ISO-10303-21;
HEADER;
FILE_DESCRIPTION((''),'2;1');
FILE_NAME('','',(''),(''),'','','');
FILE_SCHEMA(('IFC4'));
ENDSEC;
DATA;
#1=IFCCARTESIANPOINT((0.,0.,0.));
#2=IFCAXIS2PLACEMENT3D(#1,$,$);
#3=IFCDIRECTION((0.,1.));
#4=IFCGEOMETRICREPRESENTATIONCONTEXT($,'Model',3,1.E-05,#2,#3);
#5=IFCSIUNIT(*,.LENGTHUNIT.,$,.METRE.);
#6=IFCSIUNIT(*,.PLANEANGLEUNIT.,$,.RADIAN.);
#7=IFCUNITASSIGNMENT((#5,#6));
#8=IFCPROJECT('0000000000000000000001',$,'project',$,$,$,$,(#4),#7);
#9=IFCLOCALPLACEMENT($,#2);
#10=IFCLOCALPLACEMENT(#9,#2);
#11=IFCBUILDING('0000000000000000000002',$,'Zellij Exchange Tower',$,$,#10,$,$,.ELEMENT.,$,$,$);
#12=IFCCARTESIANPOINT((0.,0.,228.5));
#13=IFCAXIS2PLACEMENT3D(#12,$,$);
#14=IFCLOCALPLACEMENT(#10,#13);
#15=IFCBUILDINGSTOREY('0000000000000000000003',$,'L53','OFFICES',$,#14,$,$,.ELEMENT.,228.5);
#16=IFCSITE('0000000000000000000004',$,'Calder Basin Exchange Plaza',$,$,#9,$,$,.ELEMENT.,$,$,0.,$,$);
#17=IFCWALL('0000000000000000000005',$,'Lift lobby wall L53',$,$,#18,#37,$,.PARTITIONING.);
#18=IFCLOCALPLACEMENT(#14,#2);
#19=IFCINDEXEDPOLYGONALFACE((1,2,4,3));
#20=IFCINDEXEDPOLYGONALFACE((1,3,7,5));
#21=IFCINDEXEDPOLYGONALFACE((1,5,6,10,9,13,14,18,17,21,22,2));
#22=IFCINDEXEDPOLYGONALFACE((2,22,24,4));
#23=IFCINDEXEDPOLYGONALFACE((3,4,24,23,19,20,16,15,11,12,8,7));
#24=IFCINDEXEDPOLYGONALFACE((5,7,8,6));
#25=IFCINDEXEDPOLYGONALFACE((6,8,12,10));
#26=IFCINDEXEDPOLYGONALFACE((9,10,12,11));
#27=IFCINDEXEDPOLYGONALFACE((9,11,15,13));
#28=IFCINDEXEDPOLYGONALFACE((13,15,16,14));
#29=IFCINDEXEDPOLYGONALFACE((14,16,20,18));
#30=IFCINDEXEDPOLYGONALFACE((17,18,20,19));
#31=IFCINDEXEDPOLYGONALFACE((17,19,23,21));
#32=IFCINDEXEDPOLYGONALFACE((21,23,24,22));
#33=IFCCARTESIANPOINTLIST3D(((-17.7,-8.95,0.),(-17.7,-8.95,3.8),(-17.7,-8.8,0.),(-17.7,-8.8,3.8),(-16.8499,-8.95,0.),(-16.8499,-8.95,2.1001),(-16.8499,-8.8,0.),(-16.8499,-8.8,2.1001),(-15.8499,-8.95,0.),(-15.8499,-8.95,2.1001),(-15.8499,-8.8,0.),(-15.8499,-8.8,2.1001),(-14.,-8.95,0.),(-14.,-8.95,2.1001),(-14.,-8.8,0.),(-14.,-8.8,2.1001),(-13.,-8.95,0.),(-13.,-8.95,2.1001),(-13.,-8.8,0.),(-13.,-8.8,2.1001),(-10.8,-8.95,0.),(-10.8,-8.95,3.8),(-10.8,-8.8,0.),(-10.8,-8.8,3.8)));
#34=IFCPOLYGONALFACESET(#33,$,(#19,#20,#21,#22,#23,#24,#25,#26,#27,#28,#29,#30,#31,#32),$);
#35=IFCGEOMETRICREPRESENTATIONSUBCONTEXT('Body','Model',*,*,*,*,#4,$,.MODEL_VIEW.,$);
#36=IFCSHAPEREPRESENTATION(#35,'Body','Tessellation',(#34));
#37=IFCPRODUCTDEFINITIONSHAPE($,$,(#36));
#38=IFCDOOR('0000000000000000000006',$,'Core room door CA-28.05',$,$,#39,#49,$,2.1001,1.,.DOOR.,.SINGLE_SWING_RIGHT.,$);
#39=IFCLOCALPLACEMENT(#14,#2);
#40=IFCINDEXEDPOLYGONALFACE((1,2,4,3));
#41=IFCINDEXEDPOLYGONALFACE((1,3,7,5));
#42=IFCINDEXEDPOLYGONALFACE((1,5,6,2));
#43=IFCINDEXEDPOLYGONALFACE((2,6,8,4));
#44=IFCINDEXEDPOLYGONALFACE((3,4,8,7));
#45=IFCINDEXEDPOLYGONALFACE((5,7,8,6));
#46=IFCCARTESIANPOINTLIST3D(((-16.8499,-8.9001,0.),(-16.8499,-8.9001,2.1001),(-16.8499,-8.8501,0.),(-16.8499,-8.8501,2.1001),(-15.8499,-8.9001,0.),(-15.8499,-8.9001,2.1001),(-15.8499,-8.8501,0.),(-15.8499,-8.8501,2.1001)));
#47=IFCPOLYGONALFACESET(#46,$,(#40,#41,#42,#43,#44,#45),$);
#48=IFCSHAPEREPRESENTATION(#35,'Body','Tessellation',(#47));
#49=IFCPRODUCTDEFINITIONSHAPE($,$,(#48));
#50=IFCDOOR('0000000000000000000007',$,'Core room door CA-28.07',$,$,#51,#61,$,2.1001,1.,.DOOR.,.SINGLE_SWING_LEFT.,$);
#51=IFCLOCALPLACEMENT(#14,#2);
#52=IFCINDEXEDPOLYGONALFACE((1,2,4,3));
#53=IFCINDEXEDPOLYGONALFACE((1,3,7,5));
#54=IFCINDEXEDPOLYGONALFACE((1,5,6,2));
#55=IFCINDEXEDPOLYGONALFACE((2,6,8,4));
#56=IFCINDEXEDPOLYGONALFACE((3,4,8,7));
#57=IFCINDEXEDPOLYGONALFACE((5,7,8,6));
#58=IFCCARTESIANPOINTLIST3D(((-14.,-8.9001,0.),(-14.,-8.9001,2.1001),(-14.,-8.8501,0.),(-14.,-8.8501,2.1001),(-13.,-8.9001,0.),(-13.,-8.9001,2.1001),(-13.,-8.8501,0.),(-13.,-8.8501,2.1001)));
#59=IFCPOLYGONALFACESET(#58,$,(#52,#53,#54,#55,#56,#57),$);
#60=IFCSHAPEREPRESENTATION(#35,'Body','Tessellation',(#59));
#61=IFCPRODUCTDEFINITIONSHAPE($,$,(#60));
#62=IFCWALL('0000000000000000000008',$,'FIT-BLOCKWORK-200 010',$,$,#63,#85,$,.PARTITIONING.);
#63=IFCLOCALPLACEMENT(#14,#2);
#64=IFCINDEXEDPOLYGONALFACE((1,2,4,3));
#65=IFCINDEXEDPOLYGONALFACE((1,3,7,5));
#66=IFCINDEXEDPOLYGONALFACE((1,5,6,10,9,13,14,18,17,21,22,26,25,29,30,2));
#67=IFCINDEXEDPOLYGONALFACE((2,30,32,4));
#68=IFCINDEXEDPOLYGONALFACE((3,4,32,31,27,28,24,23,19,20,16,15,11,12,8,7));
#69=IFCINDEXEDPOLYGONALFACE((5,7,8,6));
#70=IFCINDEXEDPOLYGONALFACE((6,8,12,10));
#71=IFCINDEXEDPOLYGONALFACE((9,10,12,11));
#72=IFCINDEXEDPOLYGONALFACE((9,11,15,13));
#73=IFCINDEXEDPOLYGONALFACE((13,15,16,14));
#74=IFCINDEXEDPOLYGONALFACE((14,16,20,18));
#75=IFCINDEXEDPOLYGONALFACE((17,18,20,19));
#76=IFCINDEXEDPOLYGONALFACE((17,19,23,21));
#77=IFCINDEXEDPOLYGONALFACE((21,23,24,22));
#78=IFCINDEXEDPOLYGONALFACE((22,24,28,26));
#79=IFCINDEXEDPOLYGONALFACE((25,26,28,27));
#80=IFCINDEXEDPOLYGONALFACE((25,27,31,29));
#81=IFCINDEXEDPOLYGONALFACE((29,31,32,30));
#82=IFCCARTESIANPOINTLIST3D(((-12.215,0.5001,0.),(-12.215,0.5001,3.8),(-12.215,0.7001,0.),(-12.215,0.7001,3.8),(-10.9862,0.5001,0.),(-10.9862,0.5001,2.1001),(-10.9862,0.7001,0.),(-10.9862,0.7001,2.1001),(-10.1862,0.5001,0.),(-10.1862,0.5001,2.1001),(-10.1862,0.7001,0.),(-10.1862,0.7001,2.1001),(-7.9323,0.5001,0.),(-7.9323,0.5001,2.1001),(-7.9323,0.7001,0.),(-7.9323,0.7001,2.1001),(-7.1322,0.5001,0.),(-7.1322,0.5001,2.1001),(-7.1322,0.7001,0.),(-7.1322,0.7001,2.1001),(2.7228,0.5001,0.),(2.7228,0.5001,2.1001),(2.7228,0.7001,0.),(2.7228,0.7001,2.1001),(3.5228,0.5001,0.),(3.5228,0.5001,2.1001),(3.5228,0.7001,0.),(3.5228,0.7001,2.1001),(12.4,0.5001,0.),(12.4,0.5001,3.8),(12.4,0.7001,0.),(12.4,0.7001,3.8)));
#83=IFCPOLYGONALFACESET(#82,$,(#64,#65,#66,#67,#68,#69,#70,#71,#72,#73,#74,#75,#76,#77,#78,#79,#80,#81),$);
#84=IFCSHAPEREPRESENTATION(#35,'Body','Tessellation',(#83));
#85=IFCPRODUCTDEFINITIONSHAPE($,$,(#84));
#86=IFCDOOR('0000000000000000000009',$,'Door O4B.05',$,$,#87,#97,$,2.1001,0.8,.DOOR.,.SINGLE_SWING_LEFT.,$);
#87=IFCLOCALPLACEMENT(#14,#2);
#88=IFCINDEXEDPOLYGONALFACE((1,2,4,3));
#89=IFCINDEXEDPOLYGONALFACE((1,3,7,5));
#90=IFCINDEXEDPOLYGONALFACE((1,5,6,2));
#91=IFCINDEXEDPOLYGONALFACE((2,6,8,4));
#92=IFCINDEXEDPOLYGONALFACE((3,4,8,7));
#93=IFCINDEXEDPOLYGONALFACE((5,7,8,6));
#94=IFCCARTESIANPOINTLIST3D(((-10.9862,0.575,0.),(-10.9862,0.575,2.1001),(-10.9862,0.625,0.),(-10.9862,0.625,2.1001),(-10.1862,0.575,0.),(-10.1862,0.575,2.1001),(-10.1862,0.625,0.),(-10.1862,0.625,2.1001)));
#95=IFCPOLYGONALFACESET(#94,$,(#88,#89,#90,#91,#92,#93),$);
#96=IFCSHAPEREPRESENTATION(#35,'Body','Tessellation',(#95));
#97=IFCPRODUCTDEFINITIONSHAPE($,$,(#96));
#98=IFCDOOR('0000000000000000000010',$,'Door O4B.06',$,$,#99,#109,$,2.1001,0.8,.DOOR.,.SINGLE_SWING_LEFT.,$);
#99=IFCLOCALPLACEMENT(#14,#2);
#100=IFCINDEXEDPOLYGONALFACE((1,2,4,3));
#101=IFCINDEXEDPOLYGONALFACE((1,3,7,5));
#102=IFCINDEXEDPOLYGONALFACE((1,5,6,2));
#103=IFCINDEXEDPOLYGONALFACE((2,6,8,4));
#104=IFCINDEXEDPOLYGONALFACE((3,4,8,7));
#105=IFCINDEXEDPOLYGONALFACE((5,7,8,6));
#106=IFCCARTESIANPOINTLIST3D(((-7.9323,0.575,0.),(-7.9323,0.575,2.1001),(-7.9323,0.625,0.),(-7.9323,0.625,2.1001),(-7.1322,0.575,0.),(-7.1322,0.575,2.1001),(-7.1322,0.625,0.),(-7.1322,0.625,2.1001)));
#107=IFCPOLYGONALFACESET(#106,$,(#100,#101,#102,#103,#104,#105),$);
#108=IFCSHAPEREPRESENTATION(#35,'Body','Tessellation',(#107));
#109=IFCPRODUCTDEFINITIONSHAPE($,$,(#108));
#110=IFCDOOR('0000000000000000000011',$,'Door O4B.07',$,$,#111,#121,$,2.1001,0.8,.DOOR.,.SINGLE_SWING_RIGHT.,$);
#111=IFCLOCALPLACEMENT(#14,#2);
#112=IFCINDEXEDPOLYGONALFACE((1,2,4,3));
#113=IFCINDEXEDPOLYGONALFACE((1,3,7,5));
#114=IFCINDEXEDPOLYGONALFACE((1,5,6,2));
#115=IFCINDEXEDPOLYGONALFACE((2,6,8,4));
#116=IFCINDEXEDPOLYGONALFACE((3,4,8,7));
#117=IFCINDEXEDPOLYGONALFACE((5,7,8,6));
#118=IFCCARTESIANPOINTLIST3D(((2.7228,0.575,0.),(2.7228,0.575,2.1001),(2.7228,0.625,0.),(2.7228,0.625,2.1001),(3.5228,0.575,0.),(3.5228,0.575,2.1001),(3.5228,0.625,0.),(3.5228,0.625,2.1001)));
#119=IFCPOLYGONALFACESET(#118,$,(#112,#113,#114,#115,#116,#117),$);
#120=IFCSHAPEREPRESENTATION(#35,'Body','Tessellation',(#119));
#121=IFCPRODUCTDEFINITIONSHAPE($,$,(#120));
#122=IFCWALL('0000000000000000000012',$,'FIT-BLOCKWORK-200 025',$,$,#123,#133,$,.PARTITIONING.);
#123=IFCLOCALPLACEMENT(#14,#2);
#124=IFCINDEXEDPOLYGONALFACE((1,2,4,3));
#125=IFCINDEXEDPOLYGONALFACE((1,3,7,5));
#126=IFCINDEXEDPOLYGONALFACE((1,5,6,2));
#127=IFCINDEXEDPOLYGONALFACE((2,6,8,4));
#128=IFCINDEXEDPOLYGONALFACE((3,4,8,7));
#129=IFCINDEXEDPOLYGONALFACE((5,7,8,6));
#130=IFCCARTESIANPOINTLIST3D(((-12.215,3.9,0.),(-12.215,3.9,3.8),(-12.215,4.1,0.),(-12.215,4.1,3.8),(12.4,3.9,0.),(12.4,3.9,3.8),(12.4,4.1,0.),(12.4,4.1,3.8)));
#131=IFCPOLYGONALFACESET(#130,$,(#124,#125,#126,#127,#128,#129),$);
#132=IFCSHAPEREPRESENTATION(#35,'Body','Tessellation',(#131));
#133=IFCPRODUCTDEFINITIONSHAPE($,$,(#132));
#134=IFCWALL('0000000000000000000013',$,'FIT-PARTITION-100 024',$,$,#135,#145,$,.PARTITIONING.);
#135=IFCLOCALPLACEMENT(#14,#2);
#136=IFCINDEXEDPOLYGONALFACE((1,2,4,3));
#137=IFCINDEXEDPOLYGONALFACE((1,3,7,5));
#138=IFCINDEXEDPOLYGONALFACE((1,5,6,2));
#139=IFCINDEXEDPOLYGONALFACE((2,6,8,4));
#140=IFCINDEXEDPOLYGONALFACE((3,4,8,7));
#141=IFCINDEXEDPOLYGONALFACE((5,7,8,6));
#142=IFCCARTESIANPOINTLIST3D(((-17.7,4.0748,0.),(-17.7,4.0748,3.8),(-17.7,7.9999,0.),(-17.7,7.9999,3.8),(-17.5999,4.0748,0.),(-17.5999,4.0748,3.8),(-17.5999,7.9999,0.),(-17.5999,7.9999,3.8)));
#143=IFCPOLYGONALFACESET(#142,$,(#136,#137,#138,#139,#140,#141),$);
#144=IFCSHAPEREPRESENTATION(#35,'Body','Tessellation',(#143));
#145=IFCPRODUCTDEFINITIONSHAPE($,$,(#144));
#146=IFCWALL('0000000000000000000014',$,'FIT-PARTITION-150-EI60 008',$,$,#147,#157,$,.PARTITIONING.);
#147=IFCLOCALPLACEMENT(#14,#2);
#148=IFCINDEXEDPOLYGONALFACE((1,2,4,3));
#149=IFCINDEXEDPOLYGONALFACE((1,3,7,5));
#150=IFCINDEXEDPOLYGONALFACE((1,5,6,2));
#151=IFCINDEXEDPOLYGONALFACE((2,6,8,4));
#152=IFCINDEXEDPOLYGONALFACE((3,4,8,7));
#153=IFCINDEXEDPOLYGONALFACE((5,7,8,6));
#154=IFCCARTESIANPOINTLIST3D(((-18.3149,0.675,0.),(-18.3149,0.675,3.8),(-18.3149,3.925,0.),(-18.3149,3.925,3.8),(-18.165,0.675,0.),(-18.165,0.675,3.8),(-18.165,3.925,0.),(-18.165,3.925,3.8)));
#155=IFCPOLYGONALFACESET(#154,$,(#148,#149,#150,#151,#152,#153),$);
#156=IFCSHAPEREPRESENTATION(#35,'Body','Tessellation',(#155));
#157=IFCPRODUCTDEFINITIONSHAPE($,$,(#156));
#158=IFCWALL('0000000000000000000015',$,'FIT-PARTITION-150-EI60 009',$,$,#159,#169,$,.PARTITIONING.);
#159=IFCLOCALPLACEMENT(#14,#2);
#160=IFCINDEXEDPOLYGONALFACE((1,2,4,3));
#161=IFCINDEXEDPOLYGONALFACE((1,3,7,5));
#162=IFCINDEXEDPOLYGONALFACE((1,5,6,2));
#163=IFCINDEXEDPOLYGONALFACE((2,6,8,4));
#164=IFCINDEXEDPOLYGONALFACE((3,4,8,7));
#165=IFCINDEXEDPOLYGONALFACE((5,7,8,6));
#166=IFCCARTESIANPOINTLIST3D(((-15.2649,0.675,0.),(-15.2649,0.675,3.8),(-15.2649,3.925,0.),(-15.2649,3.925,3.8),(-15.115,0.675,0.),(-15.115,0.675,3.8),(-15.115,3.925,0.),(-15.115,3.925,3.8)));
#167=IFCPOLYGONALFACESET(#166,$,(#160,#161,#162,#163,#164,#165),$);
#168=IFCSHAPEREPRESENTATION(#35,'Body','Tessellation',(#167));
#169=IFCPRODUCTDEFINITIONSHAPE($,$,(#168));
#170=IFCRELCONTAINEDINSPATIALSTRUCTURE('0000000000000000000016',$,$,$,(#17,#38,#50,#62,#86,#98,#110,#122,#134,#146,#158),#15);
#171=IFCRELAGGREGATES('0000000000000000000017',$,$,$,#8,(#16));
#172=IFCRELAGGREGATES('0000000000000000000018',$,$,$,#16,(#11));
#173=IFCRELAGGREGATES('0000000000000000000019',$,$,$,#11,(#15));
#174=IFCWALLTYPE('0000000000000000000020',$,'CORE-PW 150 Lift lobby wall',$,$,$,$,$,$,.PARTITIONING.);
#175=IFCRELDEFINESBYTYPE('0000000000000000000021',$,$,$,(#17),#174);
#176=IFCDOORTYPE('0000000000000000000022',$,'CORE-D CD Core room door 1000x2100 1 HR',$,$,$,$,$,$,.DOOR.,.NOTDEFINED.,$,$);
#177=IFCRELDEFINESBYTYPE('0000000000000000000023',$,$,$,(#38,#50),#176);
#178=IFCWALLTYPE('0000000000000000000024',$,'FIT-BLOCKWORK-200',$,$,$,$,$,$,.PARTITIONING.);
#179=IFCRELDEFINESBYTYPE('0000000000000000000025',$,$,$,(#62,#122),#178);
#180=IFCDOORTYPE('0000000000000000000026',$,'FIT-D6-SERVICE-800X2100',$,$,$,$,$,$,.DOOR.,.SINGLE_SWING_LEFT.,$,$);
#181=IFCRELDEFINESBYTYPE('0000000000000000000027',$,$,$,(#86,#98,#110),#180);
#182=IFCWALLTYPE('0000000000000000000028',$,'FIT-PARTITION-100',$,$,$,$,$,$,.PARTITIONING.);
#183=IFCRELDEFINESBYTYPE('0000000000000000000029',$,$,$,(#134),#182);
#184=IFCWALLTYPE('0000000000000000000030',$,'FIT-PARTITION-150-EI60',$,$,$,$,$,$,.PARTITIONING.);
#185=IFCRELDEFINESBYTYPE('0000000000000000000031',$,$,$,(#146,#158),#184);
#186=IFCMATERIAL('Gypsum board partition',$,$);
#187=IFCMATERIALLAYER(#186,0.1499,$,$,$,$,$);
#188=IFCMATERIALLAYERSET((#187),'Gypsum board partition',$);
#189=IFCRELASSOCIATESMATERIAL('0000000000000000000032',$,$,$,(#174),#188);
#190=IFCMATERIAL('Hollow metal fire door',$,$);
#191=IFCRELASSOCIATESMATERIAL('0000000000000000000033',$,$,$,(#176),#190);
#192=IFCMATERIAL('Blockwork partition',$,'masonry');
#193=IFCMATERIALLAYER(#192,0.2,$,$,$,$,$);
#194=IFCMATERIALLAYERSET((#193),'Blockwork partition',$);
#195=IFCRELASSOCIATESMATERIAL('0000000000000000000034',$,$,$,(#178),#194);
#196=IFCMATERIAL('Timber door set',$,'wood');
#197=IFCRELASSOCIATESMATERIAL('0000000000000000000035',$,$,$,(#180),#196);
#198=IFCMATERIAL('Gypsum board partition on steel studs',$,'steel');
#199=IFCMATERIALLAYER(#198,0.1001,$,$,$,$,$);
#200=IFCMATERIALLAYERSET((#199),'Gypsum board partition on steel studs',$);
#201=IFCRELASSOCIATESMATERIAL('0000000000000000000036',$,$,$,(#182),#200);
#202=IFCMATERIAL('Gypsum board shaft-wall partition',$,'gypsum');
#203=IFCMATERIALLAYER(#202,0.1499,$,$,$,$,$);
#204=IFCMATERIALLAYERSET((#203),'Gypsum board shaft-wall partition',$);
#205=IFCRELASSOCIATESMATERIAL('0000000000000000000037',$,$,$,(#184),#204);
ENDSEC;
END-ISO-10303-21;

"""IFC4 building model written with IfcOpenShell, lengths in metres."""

from ifc_helpers import new_model, si_unit, direction, frame, frame_2d, origin, place, context, subcontext, project, spatial, rectangle, extrude, material, layer, layer_set, type_object, element, fill, save


model = new_model("IFC4")

# Units and contexts
model_context = context("Model", 3, precision=1e-05, world=origin(), true_north=direction((0.0, 1.0)))
body_context = subcontext(model_context, "Body", "Model", "MODEL_VIEW")
ifc_project = project(units=[si_unit("LENGTHUNIT", "METRE"), si_unit("PLANEANGLEUNIT", "RADIAN")], contexts=[model_context])

# Site, building, storey
site_placement = place(None, origin())
site = spatial("IfcSite", under=ifc_project, at=site_placement, Name="Calder Basin Exchange Plaza", CompositionType="ELEMENT", RefElevation=0.0)
building_placement = place(site_placement, origin())
building = spatial("IfcBuilding", under=site, at=building_placement, Name="Zellij Exchange Tower", CompositionType="ELEMENT")
storey_placement = place(building_placement, frame((0.0, 0.0, 228.5)))
storey = spatial("IfcBuildingStorey", under=building, at=storey_placement, Name="L53", Description="OFFICES", CompositionType="ELEMENT", Elevation=228.5)

# Shared definitions
ifc_material_1 = material(Name="Gypsum board partition")
ifc_layer_1 = layer(ifc_material_1, 0.1499)
ifc_layer_set_1 = layer_set([ifc_layer_1], Name="Gypsum board partition")
wall_type_1 = type_object("IfcWallType", Name="CORE-PW 150 Lift lobby wall", PredefinedType="PARTITIONING", material=ifc_layer_set_1)

# Shared definitions
ifc_material_2 = material(Name="Hollow metal fire door")

# Walls, openings, doors
door_type_1 = type_object("IfcDoorType", Name="CORE-D CD Core room door 1000x2100 1 HR", OperationType="NOTDEFINED", PredefinedType="DOOR", material=ifc_material_2)
wall_1_placement = place(storey_placement, frame((-17.7, -8.875, 0.0), z_axis=(0.0, 0.0, 1.0), x_axis=(1.0, 0.0, 0.0)))
wall_1 = element("IfcWall", 1, at=wall_1_placement, inside=storey, type_object=wall_type_1, Name="Lift lobby wall L53", PredefinedType="PARTITIONING", context=body_context, shape_type="SweptSolid", body=[
    extrude(rectangle(XDim=6.8999, YDim=0.1499, at=frame_2d((3.45, 0.0))), origin(), (0.0, 0.0, 1.0), 3.8),
])
opening_1_placement = place(wall_1_placement, frame((0.8501, 0.0, 0.0)))
opening_1 = element("IfcOpeningElement", 2, at=opening_1_placement, cuts=wall_1, PredefinedType="OPENING", context=body_context, shape_type="SweptSolid", body=[
    extrude(rectangle(XDim=1.0, YDim=2.1001, at=frame_2d((0.5, 1.05))), frame((0.0, 0.0869, 0.0), z_axis=(0.0, -1.0, 0.0), x_axis=(1.0, 0.0, 0.0)), (0.0, 0.0, 1.0), 0.1738),
])
opening_2_placement = place(wall_1_placement, frame((3.7, 0.0, 0.0)))
opening_2 = element("IfcOpeningElement", 3, at=opening_2_placement, cuts=wall_1, PredefinedType="OPENING", context=body_context, shape_type="SweptSolid", body=[
    extrude(rectangle(XDim=1.0, YDim=2.1001, at=frame_2d((0.5, 1.05))), frame((0.0, 0.0869, 0.0), z_axis=(0.0, -1.0, 0.0), x_axis=(1.0, 0.0, 0.0)), (0.0, 0.0, 1.0), 0.1738),
])
door_1_placement = place(opening_1_placement, origin())
door_1 = element("IfcDoor", 4, at=door_1_placement, inside=storey, type_object=door_type_1, Name="Core room door CA-28.05", OperationType="SINGLE_SWING_RIGHT", OverallHeight=2.1001, OverallWidth=1.0, PredefinedType="DOOR", context=body_context, shape_type="SweptSolid", body=[
    extrude(rectangle(XDim=1.0, YDim=2.1001, at=frame_2d((0.5, 1.05))), frame((0.0, 0.0249, 0.0), z_axis=(0.0, -1.0, 0.0), x_axis=(1.0, 0.0, 0.0)), (0.0, 0.0, 1.0), 0.05),
])
fill(opening_1, door_1)
door_2_placement = place(opening_2_placement, origin())
door_2 = element("IfcDoor", 5, at=door_2_placement, inside=storey, type_object=door_type_1, Name="Core room door CA-28.07", OperationType="SINGLE_SWING_LEFT", OverallHeight=2.1001, OverallWidth=1.0, PredefinedType="DOOR", context=body_context, shape_type="SweptSolid", body=[
    extrude(rectangle(XDim=1.0, YDim=2.1001, at=frame_2d((0.5, 1.05))), frame((0.0, 0.0249, 0.0), z_axis=(0.0, -1.0, 0.0), x_axis=(1.0, 0.0, 0.0)), (0.0, 0.0, 1.0), 0.05),
])
fill(opening_2, door_2)
ifc_material_3 = material(Name="Blockwork partition", Category="masonry")
ifc_layer_2 = layer(ifc_material_3, 0.2)
ifc_layer_set_2 = layer_set([ifc_layer_2], Name="Blockwork partition")
wall_type_2 = type_object("IfcWallType", Name="FIT-BLOCKWORK-200", PredefinedType="PARTITIONING", material=ifc_layer_set_2)
wall_2_placement = place(storey_placement, frame((-12.2151, 0.6001, 0.0), z_axis=(0.0, 0.0, 1.0), x_axis=(1.0, 0.0, 0.0)))
wall_2 = element("IfcWall", 6, at=wall_2_placement, inside=storey, type_object=wall_type_2, Name="FIT-BLOCKWORK-200 010", PredefinedType="PARTITIONING", context=body_context, shape_type="SweptSolid", body=[
    extrude(rectangle(XDim=24.615, YDim=0.2, at=frame_2d((12.3076, 0.0))), origin(), (0.0, 0.0, 1.0), 3.8),
])
opening_3_placement = place(wall_2_placement, frame((1.229, 0.0, 0.0)))
opening_3 = element("IfcOpeningElement", 7, at=opening_3_placement, cuts=wall_2, PredefinedType="OPENING", context=body_context, shape_type="SweptSolid", body=[
    extrude(rectangle(XDim=0.8, YDim=2.1001, at=frame_2d((0.3999, 1.05))), frame((0.0, 0.1118, 0.0), z_axis=(0.0, -1.0, 0.0), x_axis=(1.0, 0.0, 0.0)), (0.0, 0.0, 1.0), 0.2239),
])
opening_4_placement = place(wall_2_placement, frame((4.283, 0.0, 0.0)))
opening_4 = element("IfcOpeningElement", 8, at=opening_4_placement, cuts=wall_2, PredefinedType="OPENING", context=body_context, shape_type="SweptSolid", body=[
    extrude(rectangle(XDim=0.8, YDim=2.1001, at=frame_2d((0.3999, 1.05))), frame((0.0, 0.1118, 0.0), z_axis=(0.0, -1.0, 0.0), x_axis=(1.0, 0.0, 0.0)), (0.0, 0.0, 1.0), 0.2239),
])
opening_5_placement = place(wall_2_placement, frame((14.938, 0.0, 0.0)))
opening_5 = element("IfcOpeningElement", 9, at=opening_5_placement, cuts=wall_2, PredefinedType="OPENING", context=body_context, shape_type="SweptSolid", body=[
    extrude(rectangle(XDim=0.8, YDim=2.1001, at=frame_2d((0.3999, 1.05))), frame((0.0, 0.1118, 0.0), z_axis=(0.0, -1.0, 0.0), x_axis=(1.0, 0.0, 0.0)), (0.0, 0.0, 1.0), 0.2239),
])
ifc_material_4 = material(Name="Timber door set", Category="wood")
door_type_2 = type_object("IfcDoorType", Name="FIT-D6-SERVICE-800X2100", OperationType="SINGLE_SWING_LEFT", PredefinedType="DOOR", material=ifc_material_4)
door_3_placement = place(opening_3_placement, origin())
door_3 = element("IfcDoor", 10, at=door_3_placement, inside=storey, type_object=door_type_2, Name="Door O4B.05", OperationType="SINGLE_SWING_LEFT", OverallHeight=2.1001, OverallWidth=0.8, PredefinedType="DOOR", context=body_context, shape_type="SweptSolid", body=[
    extrude(rectangle(XDim=0.8, YDim=2.1001, at=frame_2d((0.3999, 1.05))), frame((0.0, 0.0249, 0.0), z_axis=(0.0, -1.0, 0.0), x_axis=(1.0, 0.0, 0.0)), (0.0, 0.0, 1.0), 0.05),
])
fill(opening_3, door_3)
door_4_placement = place(opening_4_placement, origin())
door_4 = element("IfcDoor", 11, at=door_4_placement, inside=storey, type_object=door_type_2, Name="Door O4B.06", OperationType="SINGLE_SWING_LEFT", OverallHeight=2.1001, OverallWidth=0.8, PredefinedType="DOOR", context=body_context, shape_type="SweptSolid", body=[
    extrude(rectangle(XDim=0.8, YDim=2.1001, at=frame_2d((0.3999, 1.05))), frame((0.0, 0.0249, 0.0), z_axis=(0.0, -1.0, 0.0), x_axis=(1.0, 0.0, 0.0)), (0.0, 0.0, 1.0), 0.05),
])
fill(opening_4, door_4)
door_5_placement = place(opening_5_placement, origin())
door_5 = element("IfcDoor", 12, at=door_5_placement, inside=storey, type_object=door_type_2, Name="Door O4B.07", OperationType="SINGLE_SWING_RIGHT", OverallHeight=2.1001, OverallWidth=0.8, PredefinedType="DOOR", context=body_context, shape_type="SweptSolid", body=[
    extrude(rectangle(XDim=0.8, YDim=2.1001, at=frame_2d((0.3999, 1.05))), frame((0.0, 0.0249, 0.0), z_axis=(0.0, -1.0, 0.0), x_axis=(1.0, 0.0, 0.0)), (0.0, 0.0, 1.0), 0.05),
])
fill(opening_5, door_5)

# Walls
wall_3_placement = place(storey_placement, frame((-12.2151, 4.0, 0.0), z_axis=(0.0, 0.0, 1.0), x_axis=(1.0, 0.0, 0.0)))
element("IfcWall", 13, at=wall_3_placement, inside=storey, type_object=wall_type_2, Name="FIT-BLOCKWORK-200 025", PredefinedType="PARTITIONING", context=body_context, shape_type="SweptSolid", body=[
    extrude(rectangle(XDim=24.615, YDim=0.2, at=frame_2d((12.3076, 0.0))), origin(), (0.0, 0.0, 1.0), 3.8),
])
ifc_material_5 = material(Name="Gypsum board partition on steel studs", Category="steel")
ifc_layer_3 = layer(ifc_material_5, 0.1001)
ifc_layer_set_3 = layer_set([ifc_layer_3], Name="Gypsum board partition on steel studs")
wall_type_3 = type_object("IfcWallType", Name="FIT-PARTITION-100", PredefinedType="PARTITIONING", material=ifc_layer_set_3)
wall_4_placement = place(storey_placement, frame((-17.6499, 4.075, 0.0), z_axis=(0.0, 0.0, 1.0), x_axis=(0.0, 1.0, 0.0)))
element("IfcWall", 14, at=wall_4_placement, inside=storey, type_object=wall_type_3, Name="FIT-PARTITION-100 024", PredefinedType="PARTITIONING", context=body_context, shape_type="SweptSolid", body=[
    extrude(rectangle(XDim=3.925, YDim=0.1001, at=frame_2d((1.9624, 0.0))), origin(), (0.0, 0.0, 1.0), 3.8),
])
ifc_material_6 = material(Name="Gypsum board shaft-wall partition", Category="gypsum")
ifc_layer_4 = layer(ifc_material_6, 0.1499)
ifc_layer_set_4 = layer_set([ifc_layer_4], Name="Gypsum board shaft-wall partition")
wall_type_4 = type_object("IfcWallType", Name="FIT-PARTITION-150-EI60", PredefinedType="PARTITIONING", material=ifc_layer_set_4)
for number, where, z_axis, x_axis, name in (
    (15, (-18.24, 0.675, 0.0), (0.0, 0.0, 1.0), (0.0, 1.0, 0.0), "FIT-PARTITION-150-EI60 008"),
    (16, (-15.1899, 0.675, 0.0), (0.0, 0.0, 1.0), (0.0, 1.0, 0.0), "FIT-PARTITION-150-EI60 009"),
):
    element("IfcWall", number, at=place(storey_placement, frame(where, z_axis=z_axis, x_axis=x_axis)), inside=storey, type_object=wall_type_4, Name=name, PredefinedType="PARTITIONING", context=body_context, shape_type="SweptSolid", body=[
        extrude(rectangle(XDim=3.25, YDim=0.1499, at=frame_2d((1.625, 0.0))), origin(), (0.0, 0.0, 1.0), 3.8),
    ])

save(model, "model.ifc")
